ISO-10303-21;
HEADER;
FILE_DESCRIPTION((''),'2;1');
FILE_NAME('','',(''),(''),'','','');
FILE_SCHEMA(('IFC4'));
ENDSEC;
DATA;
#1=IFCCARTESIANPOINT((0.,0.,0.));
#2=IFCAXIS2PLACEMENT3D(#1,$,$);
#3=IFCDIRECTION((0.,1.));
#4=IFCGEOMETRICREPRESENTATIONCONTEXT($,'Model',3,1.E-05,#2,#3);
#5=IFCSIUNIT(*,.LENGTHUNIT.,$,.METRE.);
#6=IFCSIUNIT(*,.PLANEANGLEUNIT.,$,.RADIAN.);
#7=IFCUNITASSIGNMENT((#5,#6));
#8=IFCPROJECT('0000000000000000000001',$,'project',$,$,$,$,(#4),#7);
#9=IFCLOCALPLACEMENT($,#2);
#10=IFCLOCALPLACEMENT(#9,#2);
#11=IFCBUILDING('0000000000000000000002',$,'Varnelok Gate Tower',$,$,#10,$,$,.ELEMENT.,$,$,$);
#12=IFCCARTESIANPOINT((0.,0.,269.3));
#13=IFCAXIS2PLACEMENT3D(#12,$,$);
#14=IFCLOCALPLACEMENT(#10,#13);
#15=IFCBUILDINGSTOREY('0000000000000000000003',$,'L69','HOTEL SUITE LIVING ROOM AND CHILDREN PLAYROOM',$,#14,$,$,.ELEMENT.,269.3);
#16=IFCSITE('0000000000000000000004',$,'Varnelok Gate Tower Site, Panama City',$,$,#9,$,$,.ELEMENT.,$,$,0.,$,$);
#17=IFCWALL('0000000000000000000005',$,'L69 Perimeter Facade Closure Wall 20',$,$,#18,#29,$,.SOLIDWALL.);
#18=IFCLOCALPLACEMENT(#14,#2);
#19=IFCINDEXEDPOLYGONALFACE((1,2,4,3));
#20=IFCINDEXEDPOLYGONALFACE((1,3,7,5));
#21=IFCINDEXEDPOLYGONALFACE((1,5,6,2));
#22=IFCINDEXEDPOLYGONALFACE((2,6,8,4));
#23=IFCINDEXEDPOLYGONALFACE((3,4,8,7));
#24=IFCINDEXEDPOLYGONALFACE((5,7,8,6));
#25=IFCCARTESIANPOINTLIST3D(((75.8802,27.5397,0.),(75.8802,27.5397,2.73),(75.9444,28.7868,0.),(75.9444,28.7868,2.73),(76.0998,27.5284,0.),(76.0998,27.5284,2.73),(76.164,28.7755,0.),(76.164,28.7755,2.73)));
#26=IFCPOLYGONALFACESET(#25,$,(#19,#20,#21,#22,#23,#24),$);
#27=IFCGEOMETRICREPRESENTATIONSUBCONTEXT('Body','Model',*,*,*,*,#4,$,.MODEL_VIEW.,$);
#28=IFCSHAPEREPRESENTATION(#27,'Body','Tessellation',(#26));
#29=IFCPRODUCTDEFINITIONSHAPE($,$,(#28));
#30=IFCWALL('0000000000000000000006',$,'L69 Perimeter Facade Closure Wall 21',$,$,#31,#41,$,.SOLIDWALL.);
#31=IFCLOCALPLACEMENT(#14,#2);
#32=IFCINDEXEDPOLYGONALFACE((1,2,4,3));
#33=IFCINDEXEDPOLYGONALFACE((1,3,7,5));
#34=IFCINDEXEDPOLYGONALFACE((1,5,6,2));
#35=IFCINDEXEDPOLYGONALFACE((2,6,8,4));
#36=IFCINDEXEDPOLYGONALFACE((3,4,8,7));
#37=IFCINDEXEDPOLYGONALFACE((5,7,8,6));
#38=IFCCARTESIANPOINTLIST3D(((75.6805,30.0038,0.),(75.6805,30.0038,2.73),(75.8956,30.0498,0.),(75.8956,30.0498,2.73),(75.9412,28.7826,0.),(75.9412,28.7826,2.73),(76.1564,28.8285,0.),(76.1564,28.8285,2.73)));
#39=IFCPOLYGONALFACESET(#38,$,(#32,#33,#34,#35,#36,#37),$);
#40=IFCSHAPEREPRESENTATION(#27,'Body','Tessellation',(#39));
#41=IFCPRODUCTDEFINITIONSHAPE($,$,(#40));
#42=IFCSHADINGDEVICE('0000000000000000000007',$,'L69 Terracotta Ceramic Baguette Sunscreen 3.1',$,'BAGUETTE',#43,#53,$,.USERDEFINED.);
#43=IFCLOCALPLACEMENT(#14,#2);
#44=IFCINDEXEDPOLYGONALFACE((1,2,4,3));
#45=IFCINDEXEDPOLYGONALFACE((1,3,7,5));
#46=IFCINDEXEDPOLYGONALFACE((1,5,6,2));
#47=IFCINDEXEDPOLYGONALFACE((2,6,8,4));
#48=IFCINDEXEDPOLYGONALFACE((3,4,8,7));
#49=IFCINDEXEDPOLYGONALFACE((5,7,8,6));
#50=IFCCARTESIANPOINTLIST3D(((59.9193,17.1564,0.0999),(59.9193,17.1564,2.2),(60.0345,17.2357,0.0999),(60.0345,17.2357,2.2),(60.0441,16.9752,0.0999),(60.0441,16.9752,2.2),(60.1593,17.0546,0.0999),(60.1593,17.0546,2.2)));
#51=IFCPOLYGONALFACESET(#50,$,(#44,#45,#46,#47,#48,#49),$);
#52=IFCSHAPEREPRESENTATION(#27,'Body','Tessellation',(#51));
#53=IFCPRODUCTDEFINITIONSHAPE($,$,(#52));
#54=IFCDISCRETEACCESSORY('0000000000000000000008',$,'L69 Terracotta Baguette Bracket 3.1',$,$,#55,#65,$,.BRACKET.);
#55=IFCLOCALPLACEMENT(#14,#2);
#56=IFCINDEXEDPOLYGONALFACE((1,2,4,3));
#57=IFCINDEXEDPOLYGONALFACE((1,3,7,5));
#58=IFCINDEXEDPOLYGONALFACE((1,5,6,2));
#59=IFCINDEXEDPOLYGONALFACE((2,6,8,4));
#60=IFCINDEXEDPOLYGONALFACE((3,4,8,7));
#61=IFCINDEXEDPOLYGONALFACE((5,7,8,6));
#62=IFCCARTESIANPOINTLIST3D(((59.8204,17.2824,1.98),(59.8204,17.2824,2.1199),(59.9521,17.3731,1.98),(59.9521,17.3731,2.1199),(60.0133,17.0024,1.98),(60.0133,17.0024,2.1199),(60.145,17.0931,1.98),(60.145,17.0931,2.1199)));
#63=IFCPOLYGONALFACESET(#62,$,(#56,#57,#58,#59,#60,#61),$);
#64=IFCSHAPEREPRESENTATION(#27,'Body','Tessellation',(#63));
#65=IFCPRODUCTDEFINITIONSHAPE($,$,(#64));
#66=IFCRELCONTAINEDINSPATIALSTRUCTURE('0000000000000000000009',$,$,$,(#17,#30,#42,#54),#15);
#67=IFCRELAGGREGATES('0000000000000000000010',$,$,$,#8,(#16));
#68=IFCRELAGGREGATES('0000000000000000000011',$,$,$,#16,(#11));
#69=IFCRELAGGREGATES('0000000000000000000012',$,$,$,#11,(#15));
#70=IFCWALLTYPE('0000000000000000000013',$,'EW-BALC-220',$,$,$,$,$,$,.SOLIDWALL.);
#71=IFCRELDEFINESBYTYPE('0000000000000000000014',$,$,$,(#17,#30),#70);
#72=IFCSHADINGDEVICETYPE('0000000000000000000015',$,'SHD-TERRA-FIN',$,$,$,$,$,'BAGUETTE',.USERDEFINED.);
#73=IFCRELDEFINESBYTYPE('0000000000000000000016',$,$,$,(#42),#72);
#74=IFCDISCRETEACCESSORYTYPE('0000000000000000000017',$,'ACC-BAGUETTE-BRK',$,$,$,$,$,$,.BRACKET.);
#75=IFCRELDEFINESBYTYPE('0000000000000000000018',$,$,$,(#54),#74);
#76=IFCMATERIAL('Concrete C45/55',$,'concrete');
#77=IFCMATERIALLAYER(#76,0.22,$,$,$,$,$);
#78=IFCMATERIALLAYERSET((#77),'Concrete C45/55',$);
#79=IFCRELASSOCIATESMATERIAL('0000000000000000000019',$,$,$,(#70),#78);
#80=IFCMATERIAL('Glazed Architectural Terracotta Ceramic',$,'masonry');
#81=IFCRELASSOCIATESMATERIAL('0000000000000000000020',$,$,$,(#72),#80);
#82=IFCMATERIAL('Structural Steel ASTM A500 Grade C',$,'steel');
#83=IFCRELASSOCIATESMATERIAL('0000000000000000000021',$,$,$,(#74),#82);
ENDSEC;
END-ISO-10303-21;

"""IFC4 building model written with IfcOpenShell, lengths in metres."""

from ifc_helpers import new_model, si_unit, direction, frame, frame_2d, origin, origin_2d, place, context, subcontext, project, spatial, rectangle, extrude, source, transform, mapped, material, layer, layer_set, type_object, element, save


model = new_model("IFC4")

# Units and contexts
model_context = context("Model", 3, precision=1e-05, world=origin(), true_north=direction((0.0, 1.0)))
body_context = subcontext(model_context, "Body", "Model", "MODEL_VIEW")
ifc_project = project(units=[si_unit("LENGTHUNIT", "METRE"), si_unit("PLANEANGLEUNIT", "RADIAN")], contexts=[model_context])

# Site, building, storey
site_placement = place(None, origin())
site = spatial("IfcSite", under=ifc_project, at=site_placement, Name="Varnelok Gate Tower Site, Panama City", CompositionType="ELEMENT", RefElevation=0.0)
building_placement = place(site_placement, origin())
building = spatial("IfcBuilding", under=site, at=building_placement, Name="Varnelok Gate Tower", CompositionType="ELEMENT")
storey_placement = place(building_placement, frame((0.0, 0.0, 269.3)))
storey = spatial("IfcBuildingStorey", under=building, at=storey_placement, Name="L69", Description="HOTEL SUITE LIVING ROOM AND CHILDREN PLAYROOM", CompositionType="ELEMENT", Elevation=269.3)

# Shared definitions
ifc_material_1 = material(Name="Concrete C45/55", Category="concrete")
ifc_layer = layer(ifc_material_1, 0.22)
ifc_layer_set = layer_set([ifc_layer], Name="Concrete C45/55")
wall_type = type_object("IfcWallType", Name="EW-BALC-220", PredefinedType="SOLIDWALL", material=ifc_layer_set)

# Walls
for number, where, z_axis, x_axis, name in (
    (1, (75.99, 27.5339, 0.0), (0.0, 0.0, 1.0), (0.05142, 0.998677, 0.0), "L69 Perimeter Facade Closure Wall 20"),
    (2, (76.0488, 28.8054, 0.0), (0.0, 0.0, 1.0), (-0.208808, 0.977957, 0.0), "L69 Perimeter Facade Closure Wall 21"),
):
    element("IfcWall", number, at=place(storey_placement, frame(where, z_axis=z_axis, x_axis=x_axis)), inside=storey, type_object=wall_type, Name=name, PredefinedType="SOLIDWALL", context=body_context, shape_type="SweptSolid", body=[
        extrude(rectangle(XDim=1.2488, YDim=0.22, at=frame_2d((0.6245, 0.0))), origin(), (0.0, 0.0, 1.0), 2.73),
    ])

# Shading device
ifc_material_2 = material(Name="Glazed Architectural Terracotta Ceramic", Category="masonry")
shading_device_type = type_object("IfcShadingDeviceType", Name="SHD-TERRA-FIN", ElementType="BAGUETTE", PredefinedType="USERDEFINED", material=ifc_material_2)
shared_shape_1 = source(origin(), body_context, "Body", "SweptSolid", [
    extrude(rectangle(XDim=0.1399, YDim=0.22, at=origin_2d()), origin(), (0.0, 0.0, 1.0), 2.1001),
])
shading_device_placement = place(storey_placement, frame((60.0393, 17.1055, 0.0999), z_axis=(0.0, 0.0, 1.0), x_axis=(0.823533, 0.567269, 0.0)))
element("IfcShadingDevice", 3, at=shading_device_placement, inside=storey, type_object=shading_device_type, Name="L69 Terracotta Ceramic Baguette Sunscreen 3.1", ObjectType="BAGUETTE", PredefinedType="USERDEFINED", context=body_context, shape_type="MappedRepresentation", body=[
    mapped(shared_shape_1, transform((0.0, 0.0, 0.0), scale=1.0)),
])

# Discrete accessory
ifc_material_3 = material(Name="Structural Steel ASTM A500 Grade C", Category="steel")
discrete_accessory_type = type_object("IfcDiscreteAccessoryType", Name="ACC-BAGUETTE-BRK", PredefinedType="BRACKET", material=ifc_material_3)
shared_shape_2 = source(origin(), body_context, "Body", "SweptSolid", [
    extrude(rectangle(XDim=0.1599, YDim=0.3401, at=origin_2d()), origin(), (0.0, 0.0, 1.0), 0.1399),
])
discrete_accessory_placement = place(storey_placement, frame((59.9827, 17.1877, 1.98), z_axis=(0.0, 0.0, 1.0), x_axis=(0.823533, 0.567269, 0.0)))
element("IfcDiscreteAccessory", 4, at=discrete_accessory_placement, inside=storey, type_object=discrete_accessory_type, Name="L69 Terracotta Baguette Bracket 3.1", PredefinedType="BRACKET", context=body_context, shape_type="MappedRepresentation", body=[
    mapped(shared_shape_2, transform((0.0, 0.0, 0.0), scale=1.0)),
])

save(model, "model.ifc")
